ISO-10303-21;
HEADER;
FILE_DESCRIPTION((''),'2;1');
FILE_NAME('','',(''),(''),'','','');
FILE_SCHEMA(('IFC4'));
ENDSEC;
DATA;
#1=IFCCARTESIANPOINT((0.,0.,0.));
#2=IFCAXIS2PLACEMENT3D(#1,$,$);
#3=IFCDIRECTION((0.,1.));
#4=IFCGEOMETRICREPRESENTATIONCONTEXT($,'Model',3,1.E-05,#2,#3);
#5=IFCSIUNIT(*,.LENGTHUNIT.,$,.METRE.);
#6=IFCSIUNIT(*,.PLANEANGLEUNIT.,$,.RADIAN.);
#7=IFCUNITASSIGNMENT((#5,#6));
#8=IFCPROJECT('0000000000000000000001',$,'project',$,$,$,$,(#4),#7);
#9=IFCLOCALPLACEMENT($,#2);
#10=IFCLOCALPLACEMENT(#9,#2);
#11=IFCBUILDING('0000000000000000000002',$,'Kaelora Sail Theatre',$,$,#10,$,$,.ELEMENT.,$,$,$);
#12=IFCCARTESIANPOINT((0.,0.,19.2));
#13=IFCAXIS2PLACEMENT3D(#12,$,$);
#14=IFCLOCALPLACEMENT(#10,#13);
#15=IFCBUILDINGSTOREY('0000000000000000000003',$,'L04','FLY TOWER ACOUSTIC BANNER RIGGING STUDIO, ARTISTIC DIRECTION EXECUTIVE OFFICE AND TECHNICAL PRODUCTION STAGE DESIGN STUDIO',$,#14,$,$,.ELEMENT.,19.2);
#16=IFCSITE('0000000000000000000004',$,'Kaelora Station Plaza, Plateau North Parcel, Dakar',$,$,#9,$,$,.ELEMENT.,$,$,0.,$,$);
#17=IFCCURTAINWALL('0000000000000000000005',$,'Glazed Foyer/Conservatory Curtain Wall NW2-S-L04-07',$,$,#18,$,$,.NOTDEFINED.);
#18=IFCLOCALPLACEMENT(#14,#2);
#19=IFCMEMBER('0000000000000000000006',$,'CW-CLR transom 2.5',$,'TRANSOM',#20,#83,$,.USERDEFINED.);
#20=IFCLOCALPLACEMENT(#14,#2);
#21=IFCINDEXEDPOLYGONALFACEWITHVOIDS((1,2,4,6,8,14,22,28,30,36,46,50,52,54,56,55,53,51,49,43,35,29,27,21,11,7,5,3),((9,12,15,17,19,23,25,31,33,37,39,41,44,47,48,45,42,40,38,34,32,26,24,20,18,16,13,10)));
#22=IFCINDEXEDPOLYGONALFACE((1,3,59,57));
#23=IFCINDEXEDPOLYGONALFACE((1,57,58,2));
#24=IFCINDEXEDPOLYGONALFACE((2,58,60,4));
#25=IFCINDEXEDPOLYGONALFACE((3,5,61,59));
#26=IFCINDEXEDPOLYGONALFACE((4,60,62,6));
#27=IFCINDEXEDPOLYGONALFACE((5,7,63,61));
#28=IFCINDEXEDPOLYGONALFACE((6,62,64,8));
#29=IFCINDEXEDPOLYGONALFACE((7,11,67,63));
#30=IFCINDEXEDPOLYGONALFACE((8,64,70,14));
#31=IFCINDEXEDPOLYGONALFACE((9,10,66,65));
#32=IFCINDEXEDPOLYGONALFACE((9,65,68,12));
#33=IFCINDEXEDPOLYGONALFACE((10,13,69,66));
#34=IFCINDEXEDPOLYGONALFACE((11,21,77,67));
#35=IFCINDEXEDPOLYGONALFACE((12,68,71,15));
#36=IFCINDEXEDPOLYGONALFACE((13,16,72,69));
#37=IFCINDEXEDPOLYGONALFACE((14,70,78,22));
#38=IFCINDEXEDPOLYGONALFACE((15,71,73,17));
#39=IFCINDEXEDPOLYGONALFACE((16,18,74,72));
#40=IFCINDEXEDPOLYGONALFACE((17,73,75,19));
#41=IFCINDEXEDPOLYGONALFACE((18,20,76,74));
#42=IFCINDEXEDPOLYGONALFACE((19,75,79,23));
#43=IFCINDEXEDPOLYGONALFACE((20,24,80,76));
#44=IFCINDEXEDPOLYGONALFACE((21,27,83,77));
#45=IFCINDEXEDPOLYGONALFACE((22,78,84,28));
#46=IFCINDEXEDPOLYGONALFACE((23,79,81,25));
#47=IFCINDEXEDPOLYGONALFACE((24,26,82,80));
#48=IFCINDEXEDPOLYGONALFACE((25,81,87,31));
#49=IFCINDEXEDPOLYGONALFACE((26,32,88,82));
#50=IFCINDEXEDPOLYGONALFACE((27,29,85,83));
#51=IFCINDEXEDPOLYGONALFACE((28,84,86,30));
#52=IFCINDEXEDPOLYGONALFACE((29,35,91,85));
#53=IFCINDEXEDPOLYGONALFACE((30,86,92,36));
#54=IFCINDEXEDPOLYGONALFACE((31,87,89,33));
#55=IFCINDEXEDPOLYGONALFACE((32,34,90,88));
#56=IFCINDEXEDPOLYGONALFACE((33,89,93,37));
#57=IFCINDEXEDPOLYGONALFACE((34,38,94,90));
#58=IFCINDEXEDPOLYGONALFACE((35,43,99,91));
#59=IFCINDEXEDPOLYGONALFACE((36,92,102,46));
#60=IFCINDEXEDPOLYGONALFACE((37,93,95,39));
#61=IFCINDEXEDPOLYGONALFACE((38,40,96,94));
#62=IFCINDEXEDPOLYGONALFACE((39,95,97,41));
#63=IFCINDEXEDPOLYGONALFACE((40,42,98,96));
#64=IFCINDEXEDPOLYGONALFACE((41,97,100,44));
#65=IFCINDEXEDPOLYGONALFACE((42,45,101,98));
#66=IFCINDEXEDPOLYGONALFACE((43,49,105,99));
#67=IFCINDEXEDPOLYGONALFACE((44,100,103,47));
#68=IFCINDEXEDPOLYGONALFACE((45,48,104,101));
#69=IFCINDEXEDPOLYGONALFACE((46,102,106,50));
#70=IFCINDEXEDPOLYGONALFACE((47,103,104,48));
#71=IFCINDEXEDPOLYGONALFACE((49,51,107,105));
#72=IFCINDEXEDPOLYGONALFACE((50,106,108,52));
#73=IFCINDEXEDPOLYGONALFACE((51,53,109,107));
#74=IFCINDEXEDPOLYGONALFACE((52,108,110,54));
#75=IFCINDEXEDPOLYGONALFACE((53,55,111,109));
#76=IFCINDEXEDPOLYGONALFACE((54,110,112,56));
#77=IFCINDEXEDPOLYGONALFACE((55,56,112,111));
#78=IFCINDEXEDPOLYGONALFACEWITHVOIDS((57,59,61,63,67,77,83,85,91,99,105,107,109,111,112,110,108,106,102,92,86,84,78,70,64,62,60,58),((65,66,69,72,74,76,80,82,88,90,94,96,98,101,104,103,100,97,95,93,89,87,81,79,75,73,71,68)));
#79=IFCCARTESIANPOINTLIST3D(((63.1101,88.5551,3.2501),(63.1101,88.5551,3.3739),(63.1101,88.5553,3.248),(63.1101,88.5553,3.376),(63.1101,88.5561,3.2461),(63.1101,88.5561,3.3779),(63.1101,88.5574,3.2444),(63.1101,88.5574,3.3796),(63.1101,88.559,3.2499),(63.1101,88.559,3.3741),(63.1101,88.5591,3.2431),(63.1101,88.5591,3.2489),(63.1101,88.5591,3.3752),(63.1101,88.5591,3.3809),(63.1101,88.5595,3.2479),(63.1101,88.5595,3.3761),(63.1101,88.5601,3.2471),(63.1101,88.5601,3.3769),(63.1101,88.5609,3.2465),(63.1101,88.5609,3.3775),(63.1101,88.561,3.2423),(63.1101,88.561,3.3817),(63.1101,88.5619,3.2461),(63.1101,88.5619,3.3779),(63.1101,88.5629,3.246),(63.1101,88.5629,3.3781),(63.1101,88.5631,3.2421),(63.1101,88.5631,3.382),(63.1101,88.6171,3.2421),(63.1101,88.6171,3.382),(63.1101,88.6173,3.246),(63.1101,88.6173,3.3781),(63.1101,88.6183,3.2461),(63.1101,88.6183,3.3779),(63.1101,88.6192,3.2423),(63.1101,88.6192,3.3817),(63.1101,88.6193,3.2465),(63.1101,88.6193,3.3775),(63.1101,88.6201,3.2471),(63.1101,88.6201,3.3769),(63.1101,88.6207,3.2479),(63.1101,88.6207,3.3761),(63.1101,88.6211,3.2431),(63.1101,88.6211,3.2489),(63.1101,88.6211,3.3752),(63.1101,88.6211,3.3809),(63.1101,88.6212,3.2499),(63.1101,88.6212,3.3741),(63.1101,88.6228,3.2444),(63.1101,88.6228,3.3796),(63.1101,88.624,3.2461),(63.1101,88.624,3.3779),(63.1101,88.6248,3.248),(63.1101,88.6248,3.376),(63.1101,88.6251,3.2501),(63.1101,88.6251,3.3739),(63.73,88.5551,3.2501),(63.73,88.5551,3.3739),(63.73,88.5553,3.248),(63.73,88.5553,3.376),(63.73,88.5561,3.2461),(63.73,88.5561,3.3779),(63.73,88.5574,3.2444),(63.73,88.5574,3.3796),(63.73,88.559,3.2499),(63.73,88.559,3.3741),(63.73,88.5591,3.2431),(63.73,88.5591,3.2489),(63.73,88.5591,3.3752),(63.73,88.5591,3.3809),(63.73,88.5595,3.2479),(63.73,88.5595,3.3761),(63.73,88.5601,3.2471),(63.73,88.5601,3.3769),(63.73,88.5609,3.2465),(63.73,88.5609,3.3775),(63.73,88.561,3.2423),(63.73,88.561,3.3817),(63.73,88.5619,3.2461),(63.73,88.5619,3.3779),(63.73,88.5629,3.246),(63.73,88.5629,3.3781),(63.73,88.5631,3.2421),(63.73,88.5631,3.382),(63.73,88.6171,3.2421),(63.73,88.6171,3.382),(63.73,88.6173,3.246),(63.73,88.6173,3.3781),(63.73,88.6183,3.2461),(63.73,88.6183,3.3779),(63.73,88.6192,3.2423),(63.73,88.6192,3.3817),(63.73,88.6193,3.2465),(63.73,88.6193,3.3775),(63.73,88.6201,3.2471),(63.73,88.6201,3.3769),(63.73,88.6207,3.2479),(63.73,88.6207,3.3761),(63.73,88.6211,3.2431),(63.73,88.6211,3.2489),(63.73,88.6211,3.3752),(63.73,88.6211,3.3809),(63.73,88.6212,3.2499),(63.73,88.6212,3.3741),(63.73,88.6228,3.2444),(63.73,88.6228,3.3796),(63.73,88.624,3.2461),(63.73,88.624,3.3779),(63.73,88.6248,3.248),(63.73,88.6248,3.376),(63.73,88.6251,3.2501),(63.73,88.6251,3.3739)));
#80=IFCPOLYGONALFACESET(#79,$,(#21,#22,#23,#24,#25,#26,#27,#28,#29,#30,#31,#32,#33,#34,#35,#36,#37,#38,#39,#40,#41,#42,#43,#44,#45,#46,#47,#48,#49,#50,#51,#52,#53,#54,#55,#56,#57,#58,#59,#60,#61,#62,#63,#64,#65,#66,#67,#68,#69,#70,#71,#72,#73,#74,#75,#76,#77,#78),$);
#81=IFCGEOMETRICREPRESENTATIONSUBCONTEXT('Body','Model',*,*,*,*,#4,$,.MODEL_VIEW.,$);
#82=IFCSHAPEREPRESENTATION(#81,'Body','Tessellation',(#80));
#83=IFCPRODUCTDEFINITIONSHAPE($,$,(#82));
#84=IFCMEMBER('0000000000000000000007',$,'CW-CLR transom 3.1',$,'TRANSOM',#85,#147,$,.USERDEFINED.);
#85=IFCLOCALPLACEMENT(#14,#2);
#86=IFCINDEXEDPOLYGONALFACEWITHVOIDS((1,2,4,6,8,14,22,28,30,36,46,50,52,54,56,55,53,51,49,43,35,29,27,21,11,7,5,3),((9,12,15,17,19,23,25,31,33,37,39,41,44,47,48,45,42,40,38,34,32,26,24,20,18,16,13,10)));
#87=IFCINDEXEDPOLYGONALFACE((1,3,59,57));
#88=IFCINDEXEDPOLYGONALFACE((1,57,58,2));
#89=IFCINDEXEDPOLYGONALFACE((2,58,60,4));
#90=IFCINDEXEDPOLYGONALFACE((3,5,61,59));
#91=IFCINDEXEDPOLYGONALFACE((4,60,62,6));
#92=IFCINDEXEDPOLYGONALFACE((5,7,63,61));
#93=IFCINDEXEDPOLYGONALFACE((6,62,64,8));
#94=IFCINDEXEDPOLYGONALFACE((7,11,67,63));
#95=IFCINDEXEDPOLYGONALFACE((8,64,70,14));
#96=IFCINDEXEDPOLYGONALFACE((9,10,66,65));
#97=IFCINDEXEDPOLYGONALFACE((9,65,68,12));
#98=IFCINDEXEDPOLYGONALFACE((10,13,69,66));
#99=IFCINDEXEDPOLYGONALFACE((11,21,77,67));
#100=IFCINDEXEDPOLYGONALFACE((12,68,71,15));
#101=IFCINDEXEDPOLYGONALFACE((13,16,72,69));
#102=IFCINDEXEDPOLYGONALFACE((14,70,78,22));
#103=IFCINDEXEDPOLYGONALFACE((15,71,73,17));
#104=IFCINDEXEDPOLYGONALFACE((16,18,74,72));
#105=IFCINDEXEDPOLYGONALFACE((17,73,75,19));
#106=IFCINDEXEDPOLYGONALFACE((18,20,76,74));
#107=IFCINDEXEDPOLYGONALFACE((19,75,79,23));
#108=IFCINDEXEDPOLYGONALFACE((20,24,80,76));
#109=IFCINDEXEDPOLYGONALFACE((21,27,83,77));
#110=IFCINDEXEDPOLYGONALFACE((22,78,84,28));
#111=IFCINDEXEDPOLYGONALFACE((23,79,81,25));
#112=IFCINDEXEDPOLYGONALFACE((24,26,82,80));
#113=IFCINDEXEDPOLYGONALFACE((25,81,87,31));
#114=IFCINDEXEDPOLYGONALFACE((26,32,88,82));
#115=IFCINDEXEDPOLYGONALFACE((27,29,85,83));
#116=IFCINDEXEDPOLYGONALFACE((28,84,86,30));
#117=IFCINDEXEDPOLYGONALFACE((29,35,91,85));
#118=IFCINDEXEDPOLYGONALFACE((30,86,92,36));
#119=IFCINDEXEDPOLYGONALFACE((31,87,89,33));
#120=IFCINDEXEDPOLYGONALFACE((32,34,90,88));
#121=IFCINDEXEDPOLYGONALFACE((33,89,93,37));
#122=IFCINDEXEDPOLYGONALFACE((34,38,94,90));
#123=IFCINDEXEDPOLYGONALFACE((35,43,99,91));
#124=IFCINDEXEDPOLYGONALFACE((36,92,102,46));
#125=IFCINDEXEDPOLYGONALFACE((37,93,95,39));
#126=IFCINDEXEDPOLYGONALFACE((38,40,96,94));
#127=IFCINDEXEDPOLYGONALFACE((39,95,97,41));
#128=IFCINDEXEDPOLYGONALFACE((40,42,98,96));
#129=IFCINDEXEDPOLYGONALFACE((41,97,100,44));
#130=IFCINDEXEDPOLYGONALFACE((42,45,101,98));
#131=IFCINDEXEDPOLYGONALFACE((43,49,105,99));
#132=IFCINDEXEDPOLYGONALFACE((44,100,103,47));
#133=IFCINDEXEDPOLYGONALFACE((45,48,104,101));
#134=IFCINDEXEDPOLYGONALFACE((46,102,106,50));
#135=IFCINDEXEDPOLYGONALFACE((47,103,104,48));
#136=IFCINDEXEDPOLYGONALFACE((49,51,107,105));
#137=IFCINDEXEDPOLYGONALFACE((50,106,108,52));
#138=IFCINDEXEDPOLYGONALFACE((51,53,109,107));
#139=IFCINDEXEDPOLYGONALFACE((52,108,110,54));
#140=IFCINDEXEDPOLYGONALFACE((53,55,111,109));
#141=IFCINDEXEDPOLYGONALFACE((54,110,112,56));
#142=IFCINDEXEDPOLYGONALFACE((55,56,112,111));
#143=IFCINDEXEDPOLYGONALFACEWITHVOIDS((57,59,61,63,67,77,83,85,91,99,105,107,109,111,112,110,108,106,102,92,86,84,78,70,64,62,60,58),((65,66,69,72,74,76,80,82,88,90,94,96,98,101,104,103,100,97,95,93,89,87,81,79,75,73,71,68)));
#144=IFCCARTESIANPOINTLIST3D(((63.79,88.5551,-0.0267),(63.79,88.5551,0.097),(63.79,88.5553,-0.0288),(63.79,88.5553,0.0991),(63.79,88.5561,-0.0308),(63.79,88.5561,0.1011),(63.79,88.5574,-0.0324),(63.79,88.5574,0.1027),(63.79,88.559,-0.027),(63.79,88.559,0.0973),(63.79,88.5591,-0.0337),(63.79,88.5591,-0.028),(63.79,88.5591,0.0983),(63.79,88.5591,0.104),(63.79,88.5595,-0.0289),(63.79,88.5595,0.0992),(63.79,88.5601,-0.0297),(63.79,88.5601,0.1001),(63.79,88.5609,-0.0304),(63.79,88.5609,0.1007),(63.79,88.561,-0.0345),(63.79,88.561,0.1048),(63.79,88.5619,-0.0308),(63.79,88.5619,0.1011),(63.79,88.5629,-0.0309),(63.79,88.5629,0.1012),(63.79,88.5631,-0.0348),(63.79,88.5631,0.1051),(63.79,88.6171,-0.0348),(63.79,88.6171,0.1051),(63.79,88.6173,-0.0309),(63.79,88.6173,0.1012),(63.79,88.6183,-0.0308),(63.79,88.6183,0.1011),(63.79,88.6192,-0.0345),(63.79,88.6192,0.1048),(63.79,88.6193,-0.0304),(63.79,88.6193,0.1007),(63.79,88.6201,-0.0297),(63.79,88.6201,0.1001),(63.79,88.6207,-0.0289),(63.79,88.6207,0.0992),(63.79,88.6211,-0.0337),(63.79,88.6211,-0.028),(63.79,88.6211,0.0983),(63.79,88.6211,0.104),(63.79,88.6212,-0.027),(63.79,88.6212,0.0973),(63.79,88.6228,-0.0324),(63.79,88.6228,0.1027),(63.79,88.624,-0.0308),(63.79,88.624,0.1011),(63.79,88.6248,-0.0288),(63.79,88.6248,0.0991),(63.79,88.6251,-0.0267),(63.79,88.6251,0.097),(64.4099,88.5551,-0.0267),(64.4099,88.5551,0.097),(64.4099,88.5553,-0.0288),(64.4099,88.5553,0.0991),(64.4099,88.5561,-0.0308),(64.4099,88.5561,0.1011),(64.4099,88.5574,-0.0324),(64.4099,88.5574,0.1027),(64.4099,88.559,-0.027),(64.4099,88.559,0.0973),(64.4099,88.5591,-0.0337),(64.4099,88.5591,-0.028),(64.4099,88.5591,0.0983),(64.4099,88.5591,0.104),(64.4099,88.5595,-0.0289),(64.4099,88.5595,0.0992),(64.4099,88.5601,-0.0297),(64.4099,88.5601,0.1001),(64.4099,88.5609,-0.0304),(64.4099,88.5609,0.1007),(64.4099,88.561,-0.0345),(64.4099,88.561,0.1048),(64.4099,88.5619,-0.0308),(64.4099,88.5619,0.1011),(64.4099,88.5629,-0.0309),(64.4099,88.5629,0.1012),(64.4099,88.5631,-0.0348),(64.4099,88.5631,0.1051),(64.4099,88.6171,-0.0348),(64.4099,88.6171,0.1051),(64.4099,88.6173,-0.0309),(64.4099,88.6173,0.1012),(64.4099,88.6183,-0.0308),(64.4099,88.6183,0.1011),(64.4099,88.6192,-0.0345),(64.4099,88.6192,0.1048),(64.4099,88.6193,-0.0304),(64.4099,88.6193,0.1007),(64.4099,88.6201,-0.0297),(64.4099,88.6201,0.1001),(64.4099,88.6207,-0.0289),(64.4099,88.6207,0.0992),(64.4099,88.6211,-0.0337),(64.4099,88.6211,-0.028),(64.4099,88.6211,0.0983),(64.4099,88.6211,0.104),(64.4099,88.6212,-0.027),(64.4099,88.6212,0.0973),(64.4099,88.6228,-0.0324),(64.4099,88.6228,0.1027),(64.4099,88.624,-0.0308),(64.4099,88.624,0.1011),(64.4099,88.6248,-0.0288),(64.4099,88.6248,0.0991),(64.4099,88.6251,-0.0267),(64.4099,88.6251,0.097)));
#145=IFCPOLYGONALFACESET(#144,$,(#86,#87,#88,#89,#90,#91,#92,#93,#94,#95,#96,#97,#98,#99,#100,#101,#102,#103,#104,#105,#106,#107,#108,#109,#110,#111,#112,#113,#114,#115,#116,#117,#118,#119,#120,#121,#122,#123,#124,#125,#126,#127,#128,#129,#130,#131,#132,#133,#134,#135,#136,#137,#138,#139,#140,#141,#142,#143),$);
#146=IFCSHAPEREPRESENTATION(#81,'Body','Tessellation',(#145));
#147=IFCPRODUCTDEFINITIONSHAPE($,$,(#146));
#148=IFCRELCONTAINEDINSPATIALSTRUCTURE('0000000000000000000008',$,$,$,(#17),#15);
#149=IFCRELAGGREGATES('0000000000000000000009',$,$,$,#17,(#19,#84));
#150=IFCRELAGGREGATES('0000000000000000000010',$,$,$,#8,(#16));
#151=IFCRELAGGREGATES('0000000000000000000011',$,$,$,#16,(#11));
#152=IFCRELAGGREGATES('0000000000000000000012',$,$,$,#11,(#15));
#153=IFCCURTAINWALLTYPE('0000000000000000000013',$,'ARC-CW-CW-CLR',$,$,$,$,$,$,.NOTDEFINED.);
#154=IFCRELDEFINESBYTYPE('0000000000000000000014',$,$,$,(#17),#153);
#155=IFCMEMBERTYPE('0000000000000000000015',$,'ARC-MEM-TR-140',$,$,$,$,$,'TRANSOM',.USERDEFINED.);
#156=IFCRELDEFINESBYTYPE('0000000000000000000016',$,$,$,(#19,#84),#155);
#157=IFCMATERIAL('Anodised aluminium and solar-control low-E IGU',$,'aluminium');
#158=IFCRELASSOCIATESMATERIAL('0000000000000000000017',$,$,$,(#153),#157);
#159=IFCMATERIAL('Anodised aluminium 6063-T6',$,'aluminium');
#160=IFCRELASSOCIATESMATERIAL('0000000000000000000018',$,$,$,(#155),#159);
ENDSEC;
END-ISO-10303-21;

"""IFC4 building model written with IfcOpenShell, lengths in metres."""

from ifc_helpers import new_model, si_unit, direction, frame, origin, origin_2d, place, context, subcontext, project, spatial, hollow_rectangle, extrude, material, material_profile, profile_set, type_object, element, aggregate, save


model = new_model("IFC4")

# Units and contexts
model_context = context("Model", 3, precision=1e-05, world=origin(), true_north=direction((0.0, 1.0)))
body_context = subcontext(model_context, "Body", "Model", "MODEL_VIEW")
ifc_project = project(units=[si_unit("LENGTHUNIT", "METRE"), si_unit("PLANEANGLEUNIT", "RADIAN")], contexts=[model_context])

# Site, building, storey
site_placement = place(None, origin())
site = spatial("IfcSite", under=ifc_project, at=site_placement, Name="Kaelora Station Plaza, Plateau North Parcel, Dakar", CompositionType="ELEMENT", RefElevation=0.0)
building_placement = place(site_placement, origin())
building = spatial("IfcBuilding", under=site, at=building_placement, Name="Kaelora Sail Theatre", CompositionType="ELEMENT")
storey_placement = place(building_placement, frame((0.0, 0.0, 19.2)))
storey = spatial("IfcBuildingStorey", under=building, at=storey_placement, Name="L04", Description="FLY TOWER ACOUSTIC BANNER RIGGING STUDIO, ARTISTIC DIRECTION EXECUTIVE OFFICE AND TECHNICAL PRODUCTION STAGE DESIGN STUDIO", CompositionType="ELEMENT", Elevation=19.2)

# Curtain wall, members
ifc_material_1 = material(Name="Anodised aluminium and solar-control low-E IGU", Category="aluminium")
curtain_wall_type = type_object("IfcCurtainWallType", Name="ARC-CW-CW-CLR", PredefinedType="NOTDEFINED", material=ifc_material_1)
curtain_wall_placement = place(storey_placement, origin())
curtain_wall = element("IfcCurtainWall", 1, at=curtain_wall_placement, inside=storey, type_object=curtain_wall_type, Name="Glazed Foyer/Conservatory Curtain Wall NW2-S-L04-07", PredefinedType="NOTDEFINED")
ifc_material_2 = material(Name="Anodised aluminium 6063-T6", Category="aluminium")
ifc_material_profile_1 = material_profile(ifc_material_2, hollow_rectangle(XDim=0.0701, YDim=0.1399, WallThickness=0.0039, InnerFilletRadius=0.0039, OuterFilletRadius=0.0081, at=origin_2d()), Name="ALU-TRAN 70x140x4")
ifc_profile_set_1 = profile_set([ifc_material_profile_1], Name="Anodised aluminium 6063-T6")
member_type_1 = type_object("IfcMemberType", Name="ARC-MEM-TR-140", ElementType="TRANSOM", PredefinedType="USERDEFINED", material=ifc_profile_set_1)
member_1_placement = place(storey_placement, frame((63.1101, 88.5901, 3.312), z_axis=(1.0, 0.0, 0.0), x_axis=(0.0, 1.0, 0.0)))
member_1 = element("IfcMember", 2, at=member_1_placement, type_object=member_type_1, Name="CW-CLR transom 2.5", ObjectType="TRANSOM", PredefinedType="USERDEFINED", context=body_context, shape_type="SweptSolid", body=[
    extrude(hollow_rectangle(XDim=0.0701, YDim=0.1399, WallThickness=0.0039, InnerFilletRadius=0.0039, OuterFilletRadius=0.0081, at=origin_2d()), origin(), (0.0, 0.0, 1.0), 0.6199),
])
member_2_placement = place(storey_placement, frame((63.79, 88.5901, 0.0352), z_axis=(1.0, 0.0, 0.0), x_axis=(0.0, 1.0, 0.0)))
member_2 = element("IfcMember", 3, at=member_2_placement, type_object=member_type_1, Name="CW-CLR transom 3.1", ObjectType="TRANSOM", PredefinedType="USERDEFINED", context=body_context, shape_type="SweptSolid", body=[
    extrude(hollow_rectangle(XDim=0.0701, YDim=0.1399, WallThickness=0.0039, InnerFilletRadius=0.0039, OuterFilletRadius=0.0081, at=origin_2d()), origin(), (0.0, 0.0, 1.0), 0.6199),
])
aggregate(curtain_wall, [member_1, member_2])

save(model, "model.ifc")
